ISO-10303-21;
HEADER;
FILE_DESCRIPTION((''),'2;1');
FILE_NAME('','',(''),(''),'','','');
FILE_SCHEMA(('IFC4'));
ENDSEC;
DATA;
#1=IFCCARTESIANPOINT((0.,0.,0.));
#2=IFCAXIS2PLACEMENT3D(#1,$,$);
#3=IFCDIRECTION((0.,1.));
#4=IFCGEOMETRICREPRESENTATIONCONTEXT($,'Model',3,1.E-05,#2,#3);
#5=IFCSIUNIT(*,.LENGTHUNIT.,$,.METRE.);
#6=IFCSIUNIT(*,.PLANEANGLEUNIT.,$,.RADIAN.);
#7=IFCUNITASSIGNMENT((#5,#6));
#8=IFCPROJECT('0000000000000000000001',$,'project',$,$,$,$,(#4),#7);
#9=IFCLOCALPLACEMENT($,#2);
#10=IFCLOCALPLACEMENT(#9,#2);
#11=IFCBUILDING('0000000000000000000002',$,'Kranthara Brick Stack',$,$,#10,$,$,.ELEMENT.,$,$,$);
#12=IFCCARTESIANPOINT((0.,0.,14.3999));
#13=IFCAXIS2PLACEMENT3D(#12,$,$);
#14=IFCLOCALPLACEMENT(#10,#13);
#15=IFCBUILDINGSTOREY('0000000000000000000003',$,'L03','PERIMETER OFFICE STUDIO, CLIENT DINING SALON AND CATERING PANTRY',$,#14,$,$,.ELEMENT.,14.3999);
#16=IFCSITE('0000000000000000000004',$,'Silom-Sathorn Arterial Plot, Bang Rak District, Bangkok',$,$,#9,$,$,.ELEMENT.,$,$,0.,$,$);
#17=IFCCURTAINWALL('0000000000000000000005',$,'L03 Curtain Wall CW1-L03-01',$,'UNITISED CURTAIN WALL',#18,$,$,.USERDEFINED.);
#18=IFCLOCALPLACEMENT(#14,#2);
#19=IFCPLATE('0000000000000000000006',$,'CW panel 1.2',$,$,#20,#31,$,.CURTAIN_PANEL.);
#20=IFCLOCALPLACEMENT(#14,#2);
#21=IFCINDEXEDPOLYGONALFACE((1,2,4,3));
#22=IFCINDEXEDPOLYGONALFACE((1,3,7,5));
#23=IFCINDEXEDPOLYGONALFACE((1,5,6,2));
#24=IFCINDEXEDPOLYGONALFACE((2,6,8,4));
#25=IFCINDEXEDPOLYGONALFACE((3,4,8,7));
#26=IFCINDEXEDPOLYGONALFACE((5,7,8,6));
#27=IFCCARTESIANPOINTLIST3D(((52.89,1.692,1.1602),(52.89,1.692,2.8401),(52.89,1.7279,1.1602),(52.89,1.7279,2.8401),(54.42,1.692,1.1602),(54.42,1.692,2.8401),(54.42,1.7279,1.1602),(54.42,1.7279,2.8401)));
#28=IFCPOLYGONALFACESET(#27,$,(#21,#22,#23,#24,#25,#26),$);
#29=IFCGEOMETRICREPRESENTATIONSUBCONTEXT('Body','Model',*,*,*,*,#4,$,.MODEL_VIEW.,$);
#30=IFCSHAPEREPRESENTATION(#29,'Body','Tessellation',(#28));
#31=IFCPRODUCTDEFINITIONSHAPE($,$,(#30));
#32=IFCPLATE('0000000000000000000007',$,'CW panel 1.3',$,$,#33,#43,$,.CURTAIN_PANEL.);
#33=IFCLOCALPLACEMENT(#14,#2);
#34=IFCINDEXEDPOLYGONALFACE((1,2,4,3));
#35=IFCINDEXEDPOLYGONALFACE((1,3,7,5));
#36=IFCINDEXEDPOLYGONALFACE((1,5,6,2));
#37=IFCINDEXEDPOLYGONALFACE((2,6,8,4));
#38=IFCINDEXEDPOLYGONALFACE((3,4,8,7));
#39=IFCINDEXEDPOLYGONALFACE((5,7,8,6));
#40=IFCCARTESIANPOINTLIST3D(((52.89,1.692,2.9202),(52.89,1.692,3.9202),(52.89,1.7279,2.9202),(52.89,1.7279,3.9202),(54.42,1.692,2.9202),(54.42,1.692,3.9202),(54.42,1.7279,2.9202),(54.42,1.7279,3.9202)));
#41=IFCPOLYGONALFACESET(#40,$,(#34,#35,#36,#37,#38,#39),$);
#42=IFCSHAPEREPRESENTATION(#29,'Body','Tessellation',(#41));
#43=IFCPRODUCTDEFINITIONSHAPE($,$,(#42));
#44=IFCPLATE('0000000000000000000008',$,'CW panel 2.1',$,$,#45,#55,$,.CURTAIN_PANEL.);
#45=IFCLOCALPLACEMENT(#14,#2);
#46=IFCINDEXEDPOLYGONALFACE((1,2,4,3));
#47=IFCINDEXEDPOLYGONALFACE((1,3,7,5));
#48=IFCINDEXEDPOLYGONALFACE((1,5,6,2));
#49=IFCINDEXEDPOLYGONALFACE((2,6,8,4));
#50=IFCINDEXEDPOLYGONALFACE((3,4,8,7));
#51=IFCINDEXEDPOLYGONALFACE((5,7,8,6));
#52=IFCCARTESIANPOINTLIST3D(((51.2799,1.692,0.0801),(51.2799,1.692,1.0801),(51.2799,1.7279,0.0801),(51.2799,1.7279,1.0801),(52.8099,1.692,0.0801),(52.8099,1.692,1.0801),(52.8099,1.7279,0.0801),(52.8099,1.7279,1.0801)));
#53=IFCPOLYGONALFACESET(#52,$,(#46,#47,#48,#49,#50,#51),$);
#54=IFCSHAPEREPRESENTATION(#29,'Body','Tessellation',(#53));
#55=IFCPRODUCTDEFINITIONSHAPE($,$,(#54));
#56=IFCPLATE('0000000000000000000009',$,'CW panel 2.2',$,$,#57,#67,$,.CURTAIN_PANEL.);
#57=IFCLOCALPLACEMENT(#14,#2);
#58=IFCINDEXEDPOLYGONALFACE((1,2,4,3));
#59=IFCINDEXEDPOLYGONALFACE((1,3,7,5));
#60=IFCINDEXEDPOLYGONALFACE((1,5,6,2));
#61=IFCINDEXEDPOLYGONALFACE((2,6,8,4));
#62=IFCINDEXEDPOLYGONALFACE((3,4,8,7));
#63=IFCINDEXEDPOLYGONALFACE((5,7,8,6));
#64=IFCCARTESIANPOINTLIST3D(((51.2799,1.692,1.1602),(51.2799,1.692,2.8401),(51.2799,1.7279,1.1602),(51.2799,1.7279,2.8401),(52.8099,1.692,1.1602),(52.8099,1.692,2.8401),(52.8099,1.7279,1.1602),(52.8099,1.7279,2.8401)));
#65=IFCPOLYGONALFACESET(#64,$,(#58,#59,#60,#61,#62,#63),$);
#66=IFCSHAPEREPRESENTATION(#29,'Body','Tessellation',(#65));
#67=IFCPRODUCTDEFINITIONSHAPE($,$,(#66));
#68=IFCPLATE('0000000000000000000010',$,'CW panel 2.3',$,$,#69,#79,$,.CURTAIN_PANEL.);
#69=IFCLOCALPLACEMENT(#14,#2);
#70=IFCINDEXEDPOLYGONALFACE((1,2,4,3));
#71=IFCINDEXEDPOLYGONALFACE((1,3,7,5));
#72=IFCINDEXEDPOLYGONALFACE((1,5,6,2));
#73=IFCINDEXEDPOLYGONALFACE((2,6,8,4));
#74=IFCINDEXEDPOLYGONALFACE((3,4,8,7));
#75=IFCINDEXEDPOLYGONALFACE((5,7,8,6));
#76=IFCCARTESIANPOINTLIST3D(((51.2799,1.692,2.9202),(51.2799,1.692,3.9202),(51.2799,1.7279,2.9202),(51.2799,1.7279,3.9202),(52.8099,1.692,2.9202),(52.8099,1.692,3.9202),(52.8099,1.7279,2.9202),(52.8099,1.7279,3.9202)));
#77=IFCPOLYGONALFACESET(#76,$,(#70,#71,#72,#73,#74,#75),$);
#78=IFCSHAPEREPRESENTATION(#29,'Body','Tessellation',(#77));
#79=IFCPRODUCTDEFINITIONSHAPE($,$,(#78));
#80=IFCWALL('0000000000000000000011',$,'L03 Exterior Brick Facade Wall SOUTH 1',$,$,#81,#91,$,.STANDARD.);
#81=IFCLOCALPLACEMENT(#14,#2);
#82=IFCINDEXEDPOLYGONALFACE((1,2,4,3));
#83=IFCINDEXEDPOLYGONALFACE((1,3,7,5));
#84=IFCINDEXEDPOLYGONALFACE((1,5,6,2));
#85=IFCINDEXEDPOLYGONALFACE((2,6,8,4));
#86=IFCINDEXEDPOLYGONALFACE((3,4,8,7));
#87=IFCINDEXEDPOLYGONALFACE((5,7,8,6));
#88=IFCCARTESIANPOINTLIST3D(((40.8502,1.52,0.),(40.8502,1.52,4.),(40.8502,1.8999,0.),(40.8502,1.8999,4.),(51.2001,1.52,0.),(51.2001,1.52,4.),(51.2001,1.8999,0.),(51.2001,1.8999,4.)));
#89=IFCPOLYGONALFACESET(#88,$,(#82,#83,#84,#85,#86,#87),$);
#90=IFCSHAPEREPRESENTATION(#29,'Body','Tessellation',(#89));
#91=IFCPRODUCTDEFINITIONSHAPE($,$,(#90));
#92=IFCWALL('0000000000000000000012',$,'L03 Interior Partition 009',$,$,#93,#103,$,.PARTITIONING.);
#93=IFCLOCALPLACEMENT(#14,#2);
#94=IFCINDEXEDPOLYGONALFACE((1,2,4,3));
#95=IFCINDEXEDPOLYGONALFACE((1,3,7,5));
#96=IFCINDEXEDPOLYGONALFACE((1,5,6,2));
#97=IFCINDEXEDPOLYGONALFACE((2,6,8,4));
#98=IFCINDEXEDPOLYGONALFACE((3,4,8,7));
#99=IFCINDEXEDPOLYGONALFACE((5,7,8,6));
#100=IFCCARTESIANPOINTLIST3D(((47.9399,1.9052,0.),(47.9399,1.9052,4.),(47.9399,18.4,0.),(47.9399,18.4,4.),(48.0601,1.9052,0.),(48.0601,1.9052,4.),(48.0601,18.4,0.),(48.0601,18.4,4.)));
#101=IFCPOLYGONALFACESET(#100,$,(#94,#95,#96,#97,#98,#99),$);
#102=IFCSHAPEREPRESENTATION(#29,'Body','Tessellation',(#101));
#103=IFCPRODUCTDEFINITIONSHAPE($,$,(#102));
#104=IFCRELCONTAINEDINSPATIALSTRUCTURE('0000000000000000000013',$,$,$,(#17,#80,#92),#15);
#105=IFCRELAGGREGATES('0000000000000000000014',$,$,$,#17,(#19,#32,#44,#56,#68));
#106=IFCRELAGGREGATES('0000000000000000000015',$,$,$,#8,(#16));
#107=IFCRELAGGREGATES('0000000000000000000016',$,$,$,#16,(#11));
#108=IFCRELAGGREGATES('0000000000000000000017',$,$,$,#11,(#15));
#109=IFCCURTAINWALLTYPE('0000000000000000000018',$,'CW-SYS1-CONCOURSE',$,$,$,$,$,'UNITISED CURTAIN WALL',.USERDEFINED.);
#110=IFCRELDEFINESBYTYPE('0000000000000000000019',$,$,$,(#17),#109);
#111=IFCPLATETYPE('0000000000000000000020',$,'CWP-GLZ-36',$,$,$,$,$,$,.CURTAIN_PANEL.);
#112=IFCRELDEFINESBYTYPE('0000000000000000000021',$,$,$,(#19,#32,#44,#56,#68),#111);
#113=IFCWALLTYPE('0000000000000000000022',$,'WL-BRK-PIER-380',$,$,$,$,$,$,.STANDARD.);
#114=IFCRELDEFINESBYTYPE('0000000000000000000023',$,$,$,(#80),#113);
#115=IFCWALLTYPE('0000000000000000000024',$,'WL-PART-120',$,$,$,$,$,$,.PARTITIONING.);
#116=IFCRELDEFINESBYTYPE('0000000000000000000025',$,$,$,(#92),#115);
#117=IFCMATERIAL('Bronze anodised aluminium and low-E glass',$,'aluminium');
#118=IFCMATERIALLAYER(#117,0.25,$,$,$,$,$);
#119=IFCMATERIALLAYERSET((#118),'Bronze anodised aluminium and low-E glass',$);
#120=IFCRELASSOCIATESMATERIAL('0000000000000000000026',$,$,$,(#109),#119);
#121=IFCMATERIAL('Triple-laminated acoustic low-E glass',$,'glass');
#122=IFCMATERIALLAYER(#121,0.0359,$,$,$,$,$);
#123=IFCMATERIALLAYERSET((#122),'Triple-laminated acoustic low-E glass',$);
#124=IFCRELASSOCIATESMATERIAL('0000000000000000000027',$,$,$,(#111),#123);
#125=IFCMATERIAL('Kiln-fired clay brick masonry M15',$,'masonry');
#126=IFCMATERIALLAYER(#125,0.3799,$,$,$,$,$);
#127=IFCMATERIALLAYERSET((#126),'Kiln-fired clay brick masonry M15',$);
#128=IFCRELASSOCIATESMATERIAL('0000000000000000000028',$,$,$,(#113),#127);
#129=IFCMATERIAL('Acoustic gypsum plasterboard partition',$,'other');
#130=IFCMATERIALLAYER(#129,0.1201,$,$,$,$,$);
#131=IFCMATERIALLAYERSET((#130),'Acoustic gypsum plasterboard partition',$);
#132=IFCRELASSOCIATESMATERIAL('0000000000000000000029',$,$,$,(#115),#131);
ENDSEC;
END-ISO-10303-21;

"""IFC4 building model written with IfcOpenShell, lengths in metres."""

from ifc_helpers import new_model, si_unit, direction, frame, frame_2d, origin, origin_2d, place, context, subcontext, project, spatial, rectangle, extrude, material, layer, layer_set, type_object, element, aggregate, save


model = new_model("IFC4")

# Units and contexts
model_context = context("Model", 3, precision=1e-05, world=origin(), true_north=direction((0.0, 1.0)))
body_context = subcontext(model_context, "Body", "Model", "MODEL_VIEW")
ifc_project = project(units=[si_unit("LENGTHUNIT", "METRE"), si_unit("PLANEANGLEUNIT", "RADIAN")], contexts=[model_context])

# Site, building, storey
site_placement = place(None, origin())
site = spatial("IfcSite", under=ifc_project, at=site_placement, Name="Silom-Sathorn Arterial Plot, Bang Rak District, Bangkok", CompositionType="ELEMENT", RefElevation=0.0)
building_placement = place(site_placement, origin())
building = spatial("IfcBuilding", under=site, at=building_placement, Name="Kranthara Brick Stack", CompositionType="ELEMENT")
storey_placement = place(building_placement, frame((0.0, 0.0, 14.3999)))
storey = spatial("IfcBuildingStorey", under=building, at=storey_placement, Name="L03", Description="PERIMETER OFFICE STUDIO, CLIENT DINING SALON AND CATERING PANTRY", CompositionType="ELEMENT", Elevation=14.3999)

# Curtain wall, plates
ifc_material_1 = material(Name="Bronze anodised aluminium and low-E glass", Category="aluminium")
ifc_layer_1 = layer(ifc_material_1, 0.25)
ifc_layer_set_1 = layer_set([ifc_layer_1], Name="Bronze anodised aluminium and low-E glass")
curtain_wall_type = type_object("IfcCurtainWallType", Name="CW-SYS1-CONCOURSE", ElementType="UNITISED CURTAIN WALL", PredefinedType="USERDEFINED", material=ifc_layer_set_1)
curtain_wall_placement = place(storey_placement, origin())
curtain_wall = element("IfcCurtainWall", 1, at=curtain_wall_placement, inside=storey, type_object=curtain_wall_type, Name="L03 Curtain Wall CW1-L03-01", ObjectType="UNITISED CURTAIN WALL", PredefinedType="USERDEFINED")
ifc_material_2 = material(Name="Triple-laminated acoustic low-E glass", Category="glass")
ifc_layer_2 = layer(ifc_material_2, 0.0359)
ifc_layer_set_2 = layer_set([ifc_layer_2], Name="Triple-laminated acoustic low-E glass")
plate_type = type_object("IfcPlateType", Name="CWP-GLZ-36", PredefinedType="CURTAIN_PANEL", material=ifc_layer_set_2)
plate_1_placement = place(storey_placement, frame((53.655, 1.71, 1.1602), z_axis=(0.0, 0.0, 1.0), x_axis=(-1.0, 0.0, 0.0)))
plate_1 = element("IfcPlate", 2, at=plate_1_placement, type_object=plate_type, Name="CW panel 1.2", PredefinedType="CURTAIN_PANEL", context=body_context, shape_type="SweptSolid", body=[
    extrude(rectangle(XDim=1.53, YDim=0.0359, at=origin_2d()), origin(), (0.0, 0.0, 1.0), 1.6799),
])
plate_2_placement = place(storey_placement, frame((53.655, 1.71, 2.9202), z_axis=(0.0, 0.0, 1.0), x_axis=(-1.0, 0.0, 0.0)))
plate_2 = element("IfcPlate", 3, at=plate_2_placement, type_object=plate_type, Name="CW panel 1.3", PredefinedType="CURTAIN_PANEL", context=body_context, shape_type="SweptSolid", body=[
    extrude(rectangle(XDim=1.53, YDim=0.0359, at=origin_2d()), origin(), (0.0, 0.0, 1.0), 1.0),
])
plate_3_placement = place(storey_placement, frame((52.0449, 1.71, 0.0801), z_axis=(0.0, 0.0, 1.0), x_axis=(-1.0, 0.0, 0.0)))
plate_3 = element("IfcPlate", 4, at=plate_3_placement, type_object=plate_type, Name="CW panel 2.1", PredefinedType="CURTAIN_PANEL", context=body_context, shape_type="SweptSolid", body=[
    extrude(rectangle(XDim=1.53, YDim=0.0359, at=origin_2d()), origin(), (0.0, 0.0, 1.0), 1.0),
])
plate_4_placement = place(storey_placement, frame((52.0449, 1.71, 1.1602), z_axis=(0.0, 0.0, 1.0), x_axis=(-1.0, 0.0, 0.0)))
plate_4 = element("IfcPlate", 5, at=plate_4_placement, type_object=plate_type, Name="CW panel 2.2", PredefinedType="CURTAIN_PANEL", context=body_context, shape_type="SweptSolid", body=[
    extrude(rectangle(XDim=1.53, YDim=0.0359, at=origin_2d()), origin(), (0.0, 0.0, 1.0), 1.6799),
])
plate_5_placement = place(storey_placement, frame((52.0449, 1.71, 2.9202), z_axis=(0.0, 0.0, 1.0), x_axis=(-1.0, 0.0, 0.0)))
plate_5 = element("IfcPlate", 6, at=plate_5_placement, type_object=plate_type, Name="CW panel 2.3", PredefinedType="CURTAIN_PANEL", context=body_context, shape_type="SweptSolid", body=[
    extrude(rectangle(XDim=1.53, YDim=0.0359, at=origin_2d()), origin(), (0.0, 0.0, 1.0), 1.0),
])
aggregate(curtain_wall, [plate_1, plate_2, plate_3, plate_4, plate_5])

# Walls
ifc_material_3 = material(Name="Kiln-fired clay brick masonry M15", Category="masonry")
ifc_layer_3 = layer(ifc_material_3, 0.3799)
ifc_layer_set_3 = layer_set([ifc_layer_3], Name="Kiln-fired clay brick masonry M15")
wall_type_1 = type_object("IfcWallType", Name="WL-BRK-PIER-380", PredefinedType="STANDARD", material=ifc_layer_set_3)
wall_1_placement = place(storey_placement, frame((51.2, 1.71, 0.0), z_axis=(0.0, 0.0, 1.0), x_axis=(-1.0, 0.0, 0.0)))
element("IfcWall", 7, at=wall_1_placement, inside=storey, type_object=wall_type_1, Name="L03 Exterior Brick Facade Wall SOUTH 1", PredefinedType="STANDARD", context=body_context, shape_type="SweptSolid", body=[
    extrude(rectangle(XDim=10.3499, YDim=0.3799, at=frame_2d((5.1748, 0.0))), origin(), (0.0, 0.0, 1.0), 4.0),
])
ifc_material_4 = material(Name="Acoustic gypsum plasterboard partition", Category="other")
ifc_layer_4 = layer(ifc_material_4, 0.1201)
ifc_layer_set_4 = layer_set([ifc_layer_4], Name="Acoustic gypsum plasterboard partition")
wall_type_2 = type_object("IfcWallType", Name="WL-PART-120", PredefinedType="PARTITIONING", material=ifc_layer_set_4)
wall_2_placement = place(storey_placement, frame((48.0, 1.905, 0.0), z_axis=(0.0, 0.0, 1.0), x_axis=(0.0, 1.0, 0.0)))
element("IfcWall", 8, at=wall_2_placement, inside=storey, type_object=wall_type_2, Name="L03 Interior Partition 009", PredefinedType="PARTITIONING", context=body_context, shape_type="SweptSolid", body=[
    extrude(rectangle(XDim=16.4949, YDim=0.1201, at=frame_2d((8.2476, 0.0))), origin(), (0.0, 0.0, 1.0), 4.0),
])

save(model, "model.ifc")
